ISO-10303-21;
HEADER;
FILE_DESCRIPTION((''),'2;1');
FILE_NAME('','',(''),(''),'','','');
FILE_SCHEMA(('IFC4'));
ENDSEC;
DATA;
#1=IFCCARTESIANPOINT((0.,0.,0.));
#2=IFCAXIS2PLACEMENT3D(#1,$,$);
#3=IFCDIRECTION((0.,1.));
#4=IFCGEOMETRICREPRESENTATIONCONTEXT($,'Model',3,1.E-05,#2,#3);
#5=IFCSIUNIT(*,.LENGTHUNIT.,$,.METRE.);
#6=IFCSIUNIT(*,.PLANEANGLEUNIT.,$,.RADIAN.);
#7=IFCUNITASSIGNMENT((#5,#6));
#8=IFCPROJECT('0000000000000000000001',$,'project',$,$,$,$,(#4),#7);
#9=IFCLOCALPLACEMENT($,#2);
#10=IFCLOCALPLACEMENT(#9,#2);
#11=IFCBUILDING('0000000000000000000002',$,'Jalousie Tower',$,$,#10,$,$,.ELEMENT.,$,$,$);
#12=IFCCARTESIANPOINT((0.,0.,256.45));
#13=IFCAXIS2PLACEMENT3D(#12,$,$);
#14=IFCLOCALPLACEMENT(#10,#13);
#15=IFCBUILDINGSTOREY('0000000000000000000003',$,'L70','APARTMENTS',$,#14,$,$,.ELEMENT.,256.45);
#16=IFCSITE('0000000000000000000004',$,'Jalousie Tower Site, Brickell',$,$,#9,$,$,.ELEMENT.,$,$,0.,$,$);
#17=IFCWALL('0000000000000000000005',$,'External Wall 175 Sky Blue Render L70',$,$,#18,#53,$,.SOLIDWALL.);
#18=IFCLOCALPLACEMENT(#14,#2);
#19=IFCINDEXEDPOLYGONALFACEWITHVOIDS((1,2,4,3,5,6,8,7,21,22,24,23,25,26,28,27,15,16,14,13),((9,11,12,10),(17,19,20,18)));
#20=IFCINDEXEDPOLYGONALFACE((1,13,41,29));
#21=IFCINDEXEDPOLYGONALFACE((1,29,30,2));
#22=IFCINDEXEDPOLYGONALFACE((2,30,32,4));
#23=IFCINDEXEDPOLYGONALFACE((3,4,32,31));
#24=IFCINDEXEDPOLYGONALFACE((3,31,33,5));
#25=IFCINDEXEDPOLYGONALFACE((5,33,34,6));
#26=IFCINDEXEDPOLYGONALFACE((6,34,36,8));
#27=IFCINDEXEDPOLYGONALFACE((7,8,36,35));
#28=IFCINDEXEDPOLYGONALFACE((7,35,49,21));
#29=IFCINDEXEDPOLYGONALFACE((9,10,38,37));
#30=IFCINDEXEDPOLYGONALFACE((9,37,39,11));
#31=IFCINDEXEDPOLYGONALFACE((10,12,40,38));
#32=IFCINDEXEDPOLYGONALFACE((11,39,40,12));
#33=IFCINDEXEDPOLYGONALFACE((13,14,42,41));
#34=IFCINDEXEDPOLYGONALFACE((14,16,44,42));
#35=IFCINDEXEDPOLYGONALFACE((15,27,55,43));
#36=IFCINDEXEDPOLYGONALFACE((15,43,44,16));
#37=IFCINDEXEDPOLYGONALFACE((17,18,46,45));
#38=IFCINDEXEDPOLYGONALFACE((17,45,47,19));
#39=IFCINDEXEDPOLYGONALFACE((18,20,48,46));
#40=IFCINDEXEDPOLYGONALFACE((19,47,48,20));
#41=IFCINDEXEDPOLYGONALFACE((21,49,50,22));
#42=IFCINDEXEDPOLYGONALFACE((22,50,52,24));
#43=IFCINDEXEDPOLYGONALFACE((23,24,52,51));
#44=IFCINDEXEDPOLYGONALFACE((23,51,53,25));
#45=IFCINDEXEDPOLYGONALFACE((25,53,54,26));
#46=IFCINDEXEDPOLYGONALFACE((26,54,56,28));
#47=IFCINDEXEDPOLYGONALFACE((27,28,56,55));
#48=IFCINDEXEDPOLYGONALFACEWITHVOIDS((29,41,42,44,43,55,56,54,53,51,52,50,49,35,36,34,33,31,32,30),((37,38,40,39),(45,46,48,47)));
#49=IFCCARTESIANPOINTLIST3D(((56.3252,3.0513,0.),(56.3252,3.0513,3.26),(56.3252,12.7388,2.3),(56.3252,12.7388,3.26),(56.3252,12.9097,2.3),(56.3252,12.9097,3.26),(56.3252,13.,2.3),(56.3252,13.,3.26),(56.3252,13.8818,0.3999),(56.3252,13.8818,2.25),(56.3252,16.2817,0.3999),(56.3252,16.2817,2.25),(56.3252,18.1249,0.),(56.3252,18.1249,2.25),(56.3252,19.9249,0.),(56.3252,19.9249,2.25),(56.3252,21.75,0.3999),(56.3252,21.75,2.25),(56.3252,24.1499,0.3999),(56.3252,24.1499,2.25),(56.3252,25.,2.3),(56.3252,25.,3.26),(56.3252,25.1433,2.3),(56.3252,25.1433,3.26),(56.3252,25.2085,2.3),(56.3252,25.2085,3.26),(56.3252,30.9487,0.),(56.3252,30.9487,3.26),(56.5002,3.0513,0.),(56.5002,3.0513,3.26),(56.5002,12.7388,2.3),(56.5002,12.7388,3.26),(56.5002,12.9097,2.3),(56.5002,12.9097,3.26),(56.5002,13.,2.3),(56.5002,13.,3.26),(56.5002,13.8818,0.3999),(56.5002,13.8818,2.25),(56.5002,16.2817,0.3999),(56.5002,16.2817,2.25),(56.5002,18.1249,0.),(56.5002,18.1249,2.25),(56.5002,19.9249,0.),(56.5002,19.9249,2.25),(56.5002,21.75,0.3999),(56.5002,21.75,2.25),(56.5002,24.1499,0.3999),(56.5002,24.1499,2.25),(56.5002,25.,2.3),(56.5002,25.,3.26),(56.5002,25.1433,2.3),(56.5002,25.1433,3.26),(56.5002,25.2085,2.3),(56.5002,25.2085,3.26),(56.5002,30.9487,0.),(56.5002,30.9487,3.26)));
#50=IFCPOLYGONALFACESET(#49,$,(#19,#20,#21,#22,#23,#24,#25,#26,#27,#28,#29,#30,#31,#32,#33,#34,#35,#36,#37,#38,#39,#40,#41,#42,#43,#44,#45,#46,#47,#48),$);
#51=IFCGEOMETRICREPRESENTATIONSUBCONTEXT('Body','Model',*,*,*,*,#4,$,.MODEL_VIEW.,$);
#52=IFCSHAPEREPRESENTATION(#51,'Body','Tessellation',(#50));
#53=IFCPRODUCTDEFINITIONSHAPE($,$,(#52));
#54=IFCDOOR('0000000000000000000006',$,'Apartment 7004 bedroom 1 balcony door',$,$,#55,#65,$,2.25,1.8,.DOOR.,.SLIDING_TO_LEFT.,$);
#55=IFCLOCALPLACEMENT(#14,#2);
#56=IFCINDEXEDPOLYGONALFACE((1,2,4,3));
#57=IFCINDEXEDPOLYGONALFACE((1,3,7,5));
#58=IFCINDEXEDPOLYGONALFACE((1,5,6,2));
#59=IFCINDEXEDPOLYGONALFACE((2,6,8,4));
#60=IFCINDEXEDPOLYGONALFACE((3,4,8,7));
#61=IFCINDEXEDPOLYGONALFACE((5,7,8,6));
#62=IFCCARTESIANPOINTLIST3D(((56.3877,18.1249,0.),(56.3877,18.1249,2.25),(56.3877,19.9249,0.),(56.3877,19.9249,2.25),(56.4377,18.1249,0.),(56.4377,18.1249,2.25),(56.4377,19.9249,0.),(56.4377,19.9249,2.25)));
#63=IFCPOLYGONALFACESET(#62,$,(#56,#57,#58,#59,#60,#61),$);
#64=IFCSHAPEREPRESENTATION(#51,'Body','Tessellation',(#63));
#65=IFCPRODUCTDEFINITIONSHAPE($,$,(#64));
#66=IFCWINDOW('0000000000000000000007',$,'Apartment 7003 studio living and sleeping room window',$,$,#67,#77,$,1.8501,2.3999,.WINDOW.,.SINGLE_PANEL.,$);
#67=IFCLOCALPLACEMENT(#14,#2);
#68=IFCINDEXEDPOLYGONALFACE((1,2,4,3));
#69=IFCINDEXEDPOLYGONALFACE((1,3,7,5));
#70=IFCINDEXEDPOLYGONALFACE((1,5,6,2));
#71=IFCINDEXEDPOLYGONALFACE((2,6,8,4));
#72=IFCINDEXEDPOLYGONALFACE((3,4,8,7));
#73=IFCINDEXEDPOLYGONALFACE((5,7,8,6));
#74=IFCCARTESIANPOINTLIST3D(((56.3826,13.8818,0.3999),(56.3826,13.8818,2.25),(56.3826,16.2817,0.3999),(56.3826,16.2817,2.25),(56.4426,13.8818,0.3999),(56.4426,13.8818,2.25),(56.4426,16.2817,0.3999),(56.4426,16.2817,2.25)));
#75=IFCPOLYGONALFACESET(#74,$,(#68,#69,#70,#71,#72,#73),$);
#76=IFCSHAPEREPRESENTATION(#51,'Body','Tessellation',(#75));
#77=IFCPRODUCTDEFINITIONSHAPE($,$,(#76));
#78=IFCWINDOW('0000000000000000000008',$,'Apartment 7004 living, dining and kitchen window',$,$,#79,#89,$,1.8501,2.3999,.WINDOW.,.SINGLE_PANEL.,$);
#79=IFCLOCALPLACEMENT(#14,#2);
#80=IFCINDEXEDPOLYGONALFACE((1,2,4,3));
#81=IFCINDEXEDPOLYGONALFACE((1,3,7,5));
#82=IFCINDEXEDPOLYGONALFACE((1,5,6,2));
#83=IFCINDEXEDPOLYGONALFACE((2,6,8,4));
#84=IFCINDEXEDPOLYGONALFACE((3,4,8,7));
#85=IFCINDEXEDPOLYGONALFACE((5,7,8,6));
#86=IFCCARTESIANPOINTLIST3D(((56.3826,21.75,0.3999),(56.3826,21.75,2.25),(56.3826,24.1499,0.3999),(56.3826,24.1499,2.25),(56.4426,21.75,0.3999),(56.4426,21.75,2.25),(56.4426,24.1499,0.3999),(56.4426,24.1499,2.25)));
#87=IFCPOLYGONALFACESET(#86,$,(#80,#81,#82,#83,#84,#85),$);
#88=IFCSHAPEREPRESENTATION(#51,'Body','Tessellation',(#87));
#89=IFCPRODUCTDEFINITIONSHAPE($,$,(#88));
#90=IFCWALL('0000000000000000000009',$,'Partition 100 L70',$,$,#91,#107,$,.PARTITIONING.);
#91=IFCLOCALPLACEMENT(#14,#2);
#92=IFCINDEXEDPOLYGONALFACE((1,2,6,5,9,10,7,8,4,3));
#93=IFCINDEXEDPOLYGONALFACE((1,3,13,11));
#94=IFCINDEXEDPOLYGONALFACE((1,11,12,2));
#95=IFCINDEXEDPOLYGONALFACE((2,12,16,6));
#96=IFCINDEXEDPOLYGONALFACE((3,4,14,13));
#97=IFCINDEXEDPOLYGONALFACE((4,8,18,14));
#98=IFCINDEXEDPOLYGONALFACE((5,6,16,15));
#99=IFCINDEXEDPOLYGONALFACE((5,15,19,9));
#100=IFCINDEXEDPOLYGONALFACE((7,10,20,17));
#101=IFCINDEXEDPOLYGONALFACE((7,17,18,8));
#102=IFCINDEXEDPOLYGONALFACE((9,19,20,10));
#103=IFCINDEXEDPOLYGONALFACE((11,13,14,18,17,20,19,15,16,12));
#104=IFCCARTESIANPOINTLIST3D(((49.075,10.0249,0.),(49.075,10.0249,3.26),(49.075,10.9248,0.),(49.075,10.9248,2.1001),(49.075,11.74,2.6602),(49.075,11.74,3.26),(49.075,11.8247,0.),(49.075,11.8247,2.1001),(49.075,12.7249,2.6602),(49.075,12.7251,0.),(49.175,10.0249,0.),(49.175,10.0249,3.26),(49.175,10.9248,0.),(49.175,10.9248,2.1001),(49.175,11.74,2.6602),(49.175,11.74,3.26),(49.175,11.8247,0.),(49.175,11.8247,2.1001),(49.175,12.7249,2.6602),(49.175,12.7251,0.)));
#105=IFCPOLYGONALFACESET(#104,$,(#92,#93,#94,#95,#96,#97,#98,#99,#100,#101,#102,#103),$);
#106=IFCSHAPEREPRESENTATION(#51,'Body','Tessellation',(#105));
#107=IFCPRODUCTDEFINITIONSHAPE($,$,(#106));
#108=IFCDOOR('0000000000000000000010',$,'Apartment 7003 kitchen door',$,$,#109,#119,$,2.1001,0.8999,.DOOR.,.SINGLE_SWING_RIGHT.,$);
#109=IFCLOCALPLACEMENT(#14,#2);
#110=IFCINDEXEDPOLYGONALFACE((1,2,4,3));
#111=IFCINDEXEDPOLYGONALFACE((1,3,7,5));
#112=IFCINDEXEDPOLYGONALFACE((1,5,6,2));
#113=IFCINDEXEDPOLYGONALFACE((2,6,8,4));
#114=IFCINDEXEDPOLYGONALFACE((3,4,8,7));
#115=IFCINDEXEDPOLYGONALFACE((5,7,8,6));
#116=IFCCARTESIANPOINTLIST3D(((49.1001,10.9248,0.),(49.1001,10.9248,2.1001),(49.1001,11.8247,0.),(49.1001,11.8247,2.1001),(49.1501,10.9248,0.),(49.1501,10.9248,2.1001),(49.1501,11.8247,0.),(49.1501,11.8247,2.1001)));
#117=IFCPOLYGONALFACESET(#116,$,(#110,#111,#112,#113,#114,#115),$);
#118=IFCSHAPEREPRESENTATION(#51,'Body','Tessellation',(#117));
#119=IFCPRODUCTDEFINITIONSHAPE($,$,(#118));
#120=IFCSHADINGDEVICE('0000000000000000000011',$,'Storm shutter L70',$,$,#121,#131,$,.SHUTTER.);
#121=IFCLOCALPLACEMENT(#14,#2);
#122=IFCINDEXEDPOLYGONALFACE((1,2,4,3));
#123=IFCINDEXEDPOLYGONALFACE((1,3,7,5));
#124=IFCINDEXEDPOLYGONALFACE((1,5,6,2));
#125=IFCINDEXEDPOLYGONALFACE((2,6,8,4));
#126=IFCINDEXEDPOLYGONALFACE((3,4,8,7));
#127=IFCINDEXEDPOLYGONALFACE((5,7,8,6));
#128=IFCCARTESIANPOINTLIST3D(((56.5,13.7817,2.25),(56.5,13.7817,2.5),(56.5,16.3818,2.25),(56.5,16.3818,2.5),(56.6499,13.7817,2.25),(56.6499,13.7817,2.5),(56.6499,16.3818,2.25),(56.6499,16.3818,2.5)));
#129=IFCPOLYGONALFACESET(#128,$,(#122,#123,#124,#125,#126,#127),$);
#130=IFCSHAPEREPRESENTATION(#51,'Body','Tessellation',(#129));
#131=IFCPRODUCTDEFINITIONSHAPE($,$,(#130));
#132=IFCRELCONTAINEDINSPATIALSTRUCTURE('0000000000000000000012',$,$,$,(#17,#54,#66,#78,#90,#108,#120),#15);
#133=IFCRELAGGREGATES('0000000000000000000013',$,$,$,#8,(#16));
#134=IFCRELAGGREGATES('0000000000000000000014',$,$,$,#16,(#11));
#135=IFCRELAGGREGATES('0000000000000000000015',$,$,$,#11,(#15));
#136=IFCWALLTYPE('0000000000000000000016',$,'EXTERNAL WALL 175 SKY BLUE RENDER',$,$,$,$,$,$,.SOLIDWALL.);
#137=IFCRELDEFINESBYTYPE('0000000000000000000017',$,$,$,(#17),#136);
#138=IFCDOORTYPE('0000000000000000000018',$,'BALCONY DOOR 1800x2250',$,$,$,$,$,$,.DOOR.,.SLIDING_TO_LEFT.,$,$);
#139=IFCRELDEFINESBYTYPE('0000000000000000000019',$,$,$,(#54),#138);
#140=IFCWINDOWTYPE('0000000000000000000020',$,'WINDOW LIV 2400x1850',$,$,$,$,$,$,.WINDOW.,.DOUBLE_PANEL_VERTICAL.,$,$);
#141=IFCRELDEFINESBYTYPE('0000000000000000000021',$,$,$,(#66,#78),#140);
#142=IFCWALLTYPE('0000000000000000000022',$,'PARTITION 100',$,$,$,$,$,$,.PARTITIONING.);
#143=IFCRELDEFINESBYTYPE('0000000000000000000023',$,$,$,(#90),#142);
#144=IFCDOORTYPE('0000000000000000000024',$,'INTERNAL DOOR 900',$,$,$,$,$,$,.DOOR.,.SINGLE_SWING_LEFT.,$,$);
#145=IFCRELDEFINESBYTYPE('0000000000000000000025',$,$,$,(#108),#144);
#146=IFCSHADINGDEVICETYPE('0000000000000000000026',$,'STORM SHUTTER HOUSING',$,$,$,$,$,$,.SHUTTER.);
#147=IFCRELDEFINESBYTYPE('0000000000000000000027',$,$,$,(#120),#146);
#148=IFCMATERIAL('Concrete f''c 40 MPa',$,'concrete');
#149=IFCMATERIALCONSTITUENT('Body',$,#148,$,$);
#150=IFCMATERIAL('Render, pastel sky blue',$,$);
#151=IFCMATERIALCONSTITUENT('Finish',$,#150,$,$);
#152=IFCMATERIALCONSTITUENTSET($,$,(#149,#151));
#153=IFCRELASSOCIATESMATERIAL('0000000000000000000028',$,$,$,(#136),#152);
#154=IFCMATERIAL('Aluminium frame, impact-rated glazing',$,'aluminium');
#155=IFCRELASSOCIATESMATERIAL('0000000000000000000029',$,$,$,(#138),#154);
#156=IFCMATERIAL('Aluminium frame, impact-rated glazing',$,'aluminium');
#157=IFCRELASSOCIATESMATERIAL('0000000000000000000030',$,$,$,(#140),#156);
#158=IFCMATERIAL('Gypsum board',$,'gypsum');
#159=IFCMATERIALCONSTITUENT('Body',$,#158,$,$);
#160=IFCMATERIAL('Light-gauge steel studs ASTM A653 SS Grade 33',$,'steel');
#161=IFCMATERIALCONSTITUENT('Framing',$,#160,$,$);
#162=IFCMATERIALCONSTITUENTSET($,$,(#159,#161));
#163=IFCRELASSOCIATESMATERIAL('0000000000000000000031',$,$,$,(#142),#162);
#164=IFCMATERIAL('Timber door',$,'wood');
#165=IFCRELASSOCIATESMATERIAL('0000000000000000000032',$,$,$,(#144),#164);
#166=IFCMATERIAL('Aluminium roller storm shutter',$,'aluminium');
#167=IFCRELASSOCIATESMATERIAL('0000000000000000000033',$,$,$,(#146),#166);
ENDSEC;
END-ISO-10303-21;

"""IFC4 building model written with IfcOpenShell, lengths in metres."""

from ifc_helpers import new_model, si_unit, direction, frame, frame_2d, origin, origin_2d, place, context, subcontext, project, spatial, polyline, rectangle, outline, extrude, material, constituent, constituent_set, type_object, element, fill, save


model = new_model("IFC4")

# Units and contexts
model_context = context("Model", 3, precision=1e-05, world=origin(), true_north=direction((0.0, 1.0)))
body_context = subcontext(model_context, "Body", "Model", "MODEL_VIEW")
ifc_project = project(units=[si_unit("LENGTHUNIT", "METRE"), si_unit("PLANEANGLEUNIT", "RADIAN")], contexts=[model_context])

# Site, building, storey
site_placement = place(None, origin())
site = spatial("IfcSite", under=ifc_project, at=site_placement, Name="Jalousie Tower Site, Brickell", CompositionType="ELEMENT", RefElevation=0.0)
building_placement = place(site_placement, origin())
building = spatial("IfcBuilding", under=site, at=building_placement, Name="Jalousie Tower", CompositionType="ELEMENT")
storey_placement = place(building_placement, frame((0.0, 0.0, 256.45)))
storey = spatial("IfcBuildingStorey", under=building, at=storey_placement, Name="L70", Description="APARTMENTS", CompositionType="ELEMENT", Elevation=256.45)

# Wall, openings, door, windows
ifc_material_1 = material(Name="Concrete f'c 40 MPa", Category="concrete")
ifc_constituent_1 = constituent(ifc_material_1, Name="Body")
ifc_material_2 = material(Name="Render, pastel sky blue")
ifc_constituent_2 = constituent(ifc_material_2, Name="Finish")
ifc_constituent_set_1 = constituent_set(constituents=[ifc_constituent_1, ifc_constituent_2])
wall_type_1 = type_object("IfcWallType", Name="EXTERNAL WALL 175 SKY BLUE RENDER", PredefinedType="SOLIDWALL", material=ifc_constituent_set_1)
wall_1_placement = place(storey_placement, frame((56.4126, 3.0513, 0.0), z_axis=(0.0, 0.0, 1.0), x_axis=(0.0, 1.0, 0.0)))
wall_1 = element("IfcWall", 1, at=wall_1_placement, inside=storey, type_object=wall_type_1, Name="External Wall 175 Sky Blue Render L70", PredefinedType="SOLIDWALL", context=body_context, shape_type="SweptSolid", body=[
    extrude(outline(polyline([(0.0, 0.0), (27.8975, 0.0), (27.8975, 3.26), (22.1572, 3.26), (22.1572, 2.3), (22.092, 2.3), (22.092, 3.26), (21.9487, 3.26), (21.9487, 2.3), (9.9487, 2.3), (9.9487, 3.26), (9.8584, 3.26), (9.8584, 2.3), (9.6875, 2.3), (9.6875, 3.26), (0.0, 3.26), (0.0, 0.0)])), frame((0.0, 0.0874, 0.0), z_axis=(0.0, -1.0, 0.0), x_axis=(1.0, 0.0, 0.0)), (0.0, 0.0, 1.0), 0.175),
])
opening_1_placement = place(wall_1_placement, frame((10.8306, 0.0, 0.3999)))
opening_1 = element("IfcOpeningElement", 2, at=opening_1_placement, cuts=wall_1, PredefinedType="OPENING", context=body_context, shape_type="SweptSolid", body=[
    extrude(rectangle(XDim=2.3999, YDim=1.8501, at=frame_2d((1.2, 0.925))), frame((0.0, 0.0974, 0.0), z_axis=(0.0, -1.0, 0.0), x_axis=(1.0, 0.0, 0.0)), (0.0, 0.0, 1.0), 0.1951),
])
opening_2_placement = place(wall_1_placement, frame((15.0737, 0.0, 0.0)))
opening_2 = element("IfcOpeningElement", 3, at=opening_2_placement, cuts=wall_1, PredefinedType="OPENING", context=body_context, shape_type="SweptSolid", body=[
    extrude(rectangle(XDim=1.8, YDim=2.25, at=frame_2d((0.8999, 1.125))), frame((0.0, 0.0974, 0.0), z_axis=(0.0, -1.0, 0.0), x_axis=(1.0, 0.0, 0.0)), (0.0, 0.0, 1.0), 0.1951),
])
opening_3_placement = place(wall_1_placement, frame((18.6987, 0.0, 0.3999)))
opening_3 = element("IfcOpeningElement", 4, at=opening_3_placement, cuts=wall_1, PredefinedType="OPENING", context=body_context, shape_type="SweptSolid", body=[
    extrude(rectangle(XDim=2.3999, YDim=1.8501, at=frame_2d((1.2, 0.925))), frame((0.0, 0.0974, 0.0), z_axis=(0.0, -1.0, 0.0), x_axis=(1.0, 0.0, 0.0)), (0.0, 0.0, 1.0), 0.1951),
])
ifc_material_3 = material(Name="Aluminium frame, impact-rated glazing", Category="aluminium")
door_type_1 = type_object("IfcDoorType", Name="BALCONY DOOR 1800x2250", OperationType="SLIDING_TO_LEFT", PredefinedType="DOOR", material=ifc_material_3)
door_1_placement = place(opening_2_placement, origin())
door_1 = element("IfcDoor", 5, at=door_1_placement, inside=storey, type_object=door_type_1, Name="Apartment 7004 bedroom 1 balcony door", OperationType="SLIDING_TO_LEFT", OverallHeight=2.25, OverallWidth=1.8, PredefinedType="DOOR", context=body_context, shape_type="SweptSolid", body=[
    extrude(rectangle(XDim=1.8, YDim=2.25, at=frame_2d((0.8999, 1.125))), frame((0.0, 0.0249, 0.0), z_axis=(0.0, -1.0, 0.0), x_axis=(1.0, 0.0, 0.0)), (0.0, 0.0, 1.0), 0.05),
])
fill(opening_2, door_1)
ifc_material_4 = material(Name="Aluminium frame, impact-rated glazing", Category="aluminium")
window_type = type_object("IfcWindowType", Name="WINDOW LIV 2400x1850", PartitioningType="DOUBLE_PANEL_VERTICAL", PredefinedType="WINDOW", material=ifc_material_4)
window_1_placement = place(opening_1_placement, origin())
window_1 = element("IfcWindow", 6, at=window_1_placement, inside=storey, type_object=window_type, Name="Apartment 7003 studio living and sleeping room window", OverallHeight=1.8501, OverallWidth=2.3999, PartitioningType="SINGLE_PANEL", PredefinedType="WINDOW", context=body_context, shape_type="SweptSolid", body=[
    extrude(rectangle(XDim=2.3999, YDim=1.8501, at=frame_2d((1.2, 0.925))), frame((0.0, 0.03, 0.0), z_axis=(0.0, -1.0, 0.0), x_axis=(1.0, 0.0, 0.0)), (0.0, 0.0, 1.0), 0.0601),
])
fill(opening_1, window_1)
window_2_placement = place(opening_3_placement, origin())
window_2 = element("IfcWindow", 7, at=window_2_placement, inside=storey, type_object=window_type, Name="Apartment 7004 living, dining and kitchen window", OverallHeight=1.8501, OverallWidth=2.3999, PartitioningType="SINGLE_PANEL", PredefinedType="WINDOW", context=body_context, shape_type="SweptSolid", body=[
    extrude(rectangle(XDim=2.3999, YDim=1.8501, at=frame_2d((1.2, 0.925))), frame((0.0, 0.03, 0.0), z_axis=(0.0, -1.0, 0.0), x_axis=(1.0, 0.0, 0.0)), (0.0, 0.0, 1.0), 0.0601),
])
fill(opening_3, window_2)

# Wall, opening, door
ifc_material_5 = material(Name="Gypsum board", Category="gypsum")
ifc_constituent_3 = constituent(ifc_material_5, Name="Body")
ifc_material_6 = material(Name="Light-gauge steel studs ASTM A653 SS Grade 33", Category="steel")
ifc_constituent_4 = constituent(ifc_material_6, Name="Framing")
ifc_constituent_set_2 = constituent_set(constituents=[ifc_constituent_3, ifc_constituent_4])
wall_type_2 = type_object("IfcWallType", Name="PARTITION 100", PredefinedType="PARTITIONING", material=ifc_constituent_set_2)
wall_2_placement = place(storey_placement, frame((49.125, 10.0249, 0.0), z_axis=(0.0, 0.0, 1.0), x_axis=(0.0, 1.0, 0.0)))
wall_2 = element("IfcWall", 8, at=wall_2_placement, inside=storey, type_object=wall_type_2, Name="Partition 100 L70", PredefinedType="PARTITIONING", context=body_context, shape_type="SweptSolid", body=[
    extrude(outline(polyline([(0.0, 0.0), (2.7002, 0.0), (2.7, 3.26), (2.7, 2.6602), (1.7151, 2.6602), (1.7151, 3.26), (0.0, 3.26), (0.0, 0.0)])), frame((0.0, 0.05, 0.0), z_axis=(0.0, -1.0, 0.0), x_axis=(1.0, 0.0, 0.0)), (0.0, 0.0, 1.0), 0.1001),
])
opening_4_placement = place(wall_2_placement, frame((0.8999, 0.0, 0.0)))
opening_4 = element("IfcOpeningElement", 9, at=opening_4_placement, cuts=wall_2, PredefinedType="OPENING", context=body_context, shape_type="SweptSolid", body=[
    extrude(rectangle(XDim=0.8999, YDim=2.1001, at=frame_2d((0.45, 1.05))), frame((0.0, 0.0601, 0.0), z_axis=(0.0, -1.0, 0.0), x_axis=(1.0, 0.0, 0.0)), (0.0, 0.0, 1.0), 0.1201),
])
ifc_material_7 = material(Name="Timber door", Category="wood")
door_type_2 = type_object("IfcDoorType", Name="INTERNAL DOOR 900", OperationType="SINGLE_SWING_LEFT", PredefinedType="DOOR", material=ifc_material_7)
door_2_placement = place(opening_4_placement, origin())
door_2 = element("IfcDoor", 10, at=door_2_placement, inside=storey, type_object=door_type_2, Name="Apartment 7003 kitchen door", OperationType="SINGLE_SWING_RIGHT", OverallHeight=2.1001, OverallWidth=0.8999, PredefinedType="DOOR", context=body_context, shape_type="SweptSolid", body=[
    extrude(rectangle(XDim=0.8999, YDim=2.1001, at=frame_2d((0.45, 1.05))), frame((0.0, 0.0249, 0.0), z_axis=(0.0, -1.0, 0.0), x_axis=(1.0, 0.0, 0.0)), (0.0, 0.0, 1.0), 0.05),
])
fill(opening_4, door_2)

# Shading device
ifc_material_8 = material(Name="Aluminium roller storm shutter", Category="aluminium")
shading_device_type = type_object("IfcShadingDeviceType", Name="STORM SHUTTER HOUSING", PredefinedType="SHUTTER", material=ifc_material_8)
shading_device_placement = place(storey_placement, frame((56.575, 15.0818, 2.25), z_axis=(0.0, 0.0, 1.0), x_axis=(0.0, 1.0, 0.0)))
element("IfcShadingDevice", 11, at=shading_device_placement, inside=storey, type_object=shading_device_type, Name="Storm shutter L70", PredefinedType="SHUTTER", context=body_context, shape_type="SweptSolid", body=[
    extrude(rectangle(XDim=2.6001, YDim=0.1499, at=origin_2d()), origin(), (0.0, 0.0, 1.0), 0.25),
])

save(model, "model.ifc")
